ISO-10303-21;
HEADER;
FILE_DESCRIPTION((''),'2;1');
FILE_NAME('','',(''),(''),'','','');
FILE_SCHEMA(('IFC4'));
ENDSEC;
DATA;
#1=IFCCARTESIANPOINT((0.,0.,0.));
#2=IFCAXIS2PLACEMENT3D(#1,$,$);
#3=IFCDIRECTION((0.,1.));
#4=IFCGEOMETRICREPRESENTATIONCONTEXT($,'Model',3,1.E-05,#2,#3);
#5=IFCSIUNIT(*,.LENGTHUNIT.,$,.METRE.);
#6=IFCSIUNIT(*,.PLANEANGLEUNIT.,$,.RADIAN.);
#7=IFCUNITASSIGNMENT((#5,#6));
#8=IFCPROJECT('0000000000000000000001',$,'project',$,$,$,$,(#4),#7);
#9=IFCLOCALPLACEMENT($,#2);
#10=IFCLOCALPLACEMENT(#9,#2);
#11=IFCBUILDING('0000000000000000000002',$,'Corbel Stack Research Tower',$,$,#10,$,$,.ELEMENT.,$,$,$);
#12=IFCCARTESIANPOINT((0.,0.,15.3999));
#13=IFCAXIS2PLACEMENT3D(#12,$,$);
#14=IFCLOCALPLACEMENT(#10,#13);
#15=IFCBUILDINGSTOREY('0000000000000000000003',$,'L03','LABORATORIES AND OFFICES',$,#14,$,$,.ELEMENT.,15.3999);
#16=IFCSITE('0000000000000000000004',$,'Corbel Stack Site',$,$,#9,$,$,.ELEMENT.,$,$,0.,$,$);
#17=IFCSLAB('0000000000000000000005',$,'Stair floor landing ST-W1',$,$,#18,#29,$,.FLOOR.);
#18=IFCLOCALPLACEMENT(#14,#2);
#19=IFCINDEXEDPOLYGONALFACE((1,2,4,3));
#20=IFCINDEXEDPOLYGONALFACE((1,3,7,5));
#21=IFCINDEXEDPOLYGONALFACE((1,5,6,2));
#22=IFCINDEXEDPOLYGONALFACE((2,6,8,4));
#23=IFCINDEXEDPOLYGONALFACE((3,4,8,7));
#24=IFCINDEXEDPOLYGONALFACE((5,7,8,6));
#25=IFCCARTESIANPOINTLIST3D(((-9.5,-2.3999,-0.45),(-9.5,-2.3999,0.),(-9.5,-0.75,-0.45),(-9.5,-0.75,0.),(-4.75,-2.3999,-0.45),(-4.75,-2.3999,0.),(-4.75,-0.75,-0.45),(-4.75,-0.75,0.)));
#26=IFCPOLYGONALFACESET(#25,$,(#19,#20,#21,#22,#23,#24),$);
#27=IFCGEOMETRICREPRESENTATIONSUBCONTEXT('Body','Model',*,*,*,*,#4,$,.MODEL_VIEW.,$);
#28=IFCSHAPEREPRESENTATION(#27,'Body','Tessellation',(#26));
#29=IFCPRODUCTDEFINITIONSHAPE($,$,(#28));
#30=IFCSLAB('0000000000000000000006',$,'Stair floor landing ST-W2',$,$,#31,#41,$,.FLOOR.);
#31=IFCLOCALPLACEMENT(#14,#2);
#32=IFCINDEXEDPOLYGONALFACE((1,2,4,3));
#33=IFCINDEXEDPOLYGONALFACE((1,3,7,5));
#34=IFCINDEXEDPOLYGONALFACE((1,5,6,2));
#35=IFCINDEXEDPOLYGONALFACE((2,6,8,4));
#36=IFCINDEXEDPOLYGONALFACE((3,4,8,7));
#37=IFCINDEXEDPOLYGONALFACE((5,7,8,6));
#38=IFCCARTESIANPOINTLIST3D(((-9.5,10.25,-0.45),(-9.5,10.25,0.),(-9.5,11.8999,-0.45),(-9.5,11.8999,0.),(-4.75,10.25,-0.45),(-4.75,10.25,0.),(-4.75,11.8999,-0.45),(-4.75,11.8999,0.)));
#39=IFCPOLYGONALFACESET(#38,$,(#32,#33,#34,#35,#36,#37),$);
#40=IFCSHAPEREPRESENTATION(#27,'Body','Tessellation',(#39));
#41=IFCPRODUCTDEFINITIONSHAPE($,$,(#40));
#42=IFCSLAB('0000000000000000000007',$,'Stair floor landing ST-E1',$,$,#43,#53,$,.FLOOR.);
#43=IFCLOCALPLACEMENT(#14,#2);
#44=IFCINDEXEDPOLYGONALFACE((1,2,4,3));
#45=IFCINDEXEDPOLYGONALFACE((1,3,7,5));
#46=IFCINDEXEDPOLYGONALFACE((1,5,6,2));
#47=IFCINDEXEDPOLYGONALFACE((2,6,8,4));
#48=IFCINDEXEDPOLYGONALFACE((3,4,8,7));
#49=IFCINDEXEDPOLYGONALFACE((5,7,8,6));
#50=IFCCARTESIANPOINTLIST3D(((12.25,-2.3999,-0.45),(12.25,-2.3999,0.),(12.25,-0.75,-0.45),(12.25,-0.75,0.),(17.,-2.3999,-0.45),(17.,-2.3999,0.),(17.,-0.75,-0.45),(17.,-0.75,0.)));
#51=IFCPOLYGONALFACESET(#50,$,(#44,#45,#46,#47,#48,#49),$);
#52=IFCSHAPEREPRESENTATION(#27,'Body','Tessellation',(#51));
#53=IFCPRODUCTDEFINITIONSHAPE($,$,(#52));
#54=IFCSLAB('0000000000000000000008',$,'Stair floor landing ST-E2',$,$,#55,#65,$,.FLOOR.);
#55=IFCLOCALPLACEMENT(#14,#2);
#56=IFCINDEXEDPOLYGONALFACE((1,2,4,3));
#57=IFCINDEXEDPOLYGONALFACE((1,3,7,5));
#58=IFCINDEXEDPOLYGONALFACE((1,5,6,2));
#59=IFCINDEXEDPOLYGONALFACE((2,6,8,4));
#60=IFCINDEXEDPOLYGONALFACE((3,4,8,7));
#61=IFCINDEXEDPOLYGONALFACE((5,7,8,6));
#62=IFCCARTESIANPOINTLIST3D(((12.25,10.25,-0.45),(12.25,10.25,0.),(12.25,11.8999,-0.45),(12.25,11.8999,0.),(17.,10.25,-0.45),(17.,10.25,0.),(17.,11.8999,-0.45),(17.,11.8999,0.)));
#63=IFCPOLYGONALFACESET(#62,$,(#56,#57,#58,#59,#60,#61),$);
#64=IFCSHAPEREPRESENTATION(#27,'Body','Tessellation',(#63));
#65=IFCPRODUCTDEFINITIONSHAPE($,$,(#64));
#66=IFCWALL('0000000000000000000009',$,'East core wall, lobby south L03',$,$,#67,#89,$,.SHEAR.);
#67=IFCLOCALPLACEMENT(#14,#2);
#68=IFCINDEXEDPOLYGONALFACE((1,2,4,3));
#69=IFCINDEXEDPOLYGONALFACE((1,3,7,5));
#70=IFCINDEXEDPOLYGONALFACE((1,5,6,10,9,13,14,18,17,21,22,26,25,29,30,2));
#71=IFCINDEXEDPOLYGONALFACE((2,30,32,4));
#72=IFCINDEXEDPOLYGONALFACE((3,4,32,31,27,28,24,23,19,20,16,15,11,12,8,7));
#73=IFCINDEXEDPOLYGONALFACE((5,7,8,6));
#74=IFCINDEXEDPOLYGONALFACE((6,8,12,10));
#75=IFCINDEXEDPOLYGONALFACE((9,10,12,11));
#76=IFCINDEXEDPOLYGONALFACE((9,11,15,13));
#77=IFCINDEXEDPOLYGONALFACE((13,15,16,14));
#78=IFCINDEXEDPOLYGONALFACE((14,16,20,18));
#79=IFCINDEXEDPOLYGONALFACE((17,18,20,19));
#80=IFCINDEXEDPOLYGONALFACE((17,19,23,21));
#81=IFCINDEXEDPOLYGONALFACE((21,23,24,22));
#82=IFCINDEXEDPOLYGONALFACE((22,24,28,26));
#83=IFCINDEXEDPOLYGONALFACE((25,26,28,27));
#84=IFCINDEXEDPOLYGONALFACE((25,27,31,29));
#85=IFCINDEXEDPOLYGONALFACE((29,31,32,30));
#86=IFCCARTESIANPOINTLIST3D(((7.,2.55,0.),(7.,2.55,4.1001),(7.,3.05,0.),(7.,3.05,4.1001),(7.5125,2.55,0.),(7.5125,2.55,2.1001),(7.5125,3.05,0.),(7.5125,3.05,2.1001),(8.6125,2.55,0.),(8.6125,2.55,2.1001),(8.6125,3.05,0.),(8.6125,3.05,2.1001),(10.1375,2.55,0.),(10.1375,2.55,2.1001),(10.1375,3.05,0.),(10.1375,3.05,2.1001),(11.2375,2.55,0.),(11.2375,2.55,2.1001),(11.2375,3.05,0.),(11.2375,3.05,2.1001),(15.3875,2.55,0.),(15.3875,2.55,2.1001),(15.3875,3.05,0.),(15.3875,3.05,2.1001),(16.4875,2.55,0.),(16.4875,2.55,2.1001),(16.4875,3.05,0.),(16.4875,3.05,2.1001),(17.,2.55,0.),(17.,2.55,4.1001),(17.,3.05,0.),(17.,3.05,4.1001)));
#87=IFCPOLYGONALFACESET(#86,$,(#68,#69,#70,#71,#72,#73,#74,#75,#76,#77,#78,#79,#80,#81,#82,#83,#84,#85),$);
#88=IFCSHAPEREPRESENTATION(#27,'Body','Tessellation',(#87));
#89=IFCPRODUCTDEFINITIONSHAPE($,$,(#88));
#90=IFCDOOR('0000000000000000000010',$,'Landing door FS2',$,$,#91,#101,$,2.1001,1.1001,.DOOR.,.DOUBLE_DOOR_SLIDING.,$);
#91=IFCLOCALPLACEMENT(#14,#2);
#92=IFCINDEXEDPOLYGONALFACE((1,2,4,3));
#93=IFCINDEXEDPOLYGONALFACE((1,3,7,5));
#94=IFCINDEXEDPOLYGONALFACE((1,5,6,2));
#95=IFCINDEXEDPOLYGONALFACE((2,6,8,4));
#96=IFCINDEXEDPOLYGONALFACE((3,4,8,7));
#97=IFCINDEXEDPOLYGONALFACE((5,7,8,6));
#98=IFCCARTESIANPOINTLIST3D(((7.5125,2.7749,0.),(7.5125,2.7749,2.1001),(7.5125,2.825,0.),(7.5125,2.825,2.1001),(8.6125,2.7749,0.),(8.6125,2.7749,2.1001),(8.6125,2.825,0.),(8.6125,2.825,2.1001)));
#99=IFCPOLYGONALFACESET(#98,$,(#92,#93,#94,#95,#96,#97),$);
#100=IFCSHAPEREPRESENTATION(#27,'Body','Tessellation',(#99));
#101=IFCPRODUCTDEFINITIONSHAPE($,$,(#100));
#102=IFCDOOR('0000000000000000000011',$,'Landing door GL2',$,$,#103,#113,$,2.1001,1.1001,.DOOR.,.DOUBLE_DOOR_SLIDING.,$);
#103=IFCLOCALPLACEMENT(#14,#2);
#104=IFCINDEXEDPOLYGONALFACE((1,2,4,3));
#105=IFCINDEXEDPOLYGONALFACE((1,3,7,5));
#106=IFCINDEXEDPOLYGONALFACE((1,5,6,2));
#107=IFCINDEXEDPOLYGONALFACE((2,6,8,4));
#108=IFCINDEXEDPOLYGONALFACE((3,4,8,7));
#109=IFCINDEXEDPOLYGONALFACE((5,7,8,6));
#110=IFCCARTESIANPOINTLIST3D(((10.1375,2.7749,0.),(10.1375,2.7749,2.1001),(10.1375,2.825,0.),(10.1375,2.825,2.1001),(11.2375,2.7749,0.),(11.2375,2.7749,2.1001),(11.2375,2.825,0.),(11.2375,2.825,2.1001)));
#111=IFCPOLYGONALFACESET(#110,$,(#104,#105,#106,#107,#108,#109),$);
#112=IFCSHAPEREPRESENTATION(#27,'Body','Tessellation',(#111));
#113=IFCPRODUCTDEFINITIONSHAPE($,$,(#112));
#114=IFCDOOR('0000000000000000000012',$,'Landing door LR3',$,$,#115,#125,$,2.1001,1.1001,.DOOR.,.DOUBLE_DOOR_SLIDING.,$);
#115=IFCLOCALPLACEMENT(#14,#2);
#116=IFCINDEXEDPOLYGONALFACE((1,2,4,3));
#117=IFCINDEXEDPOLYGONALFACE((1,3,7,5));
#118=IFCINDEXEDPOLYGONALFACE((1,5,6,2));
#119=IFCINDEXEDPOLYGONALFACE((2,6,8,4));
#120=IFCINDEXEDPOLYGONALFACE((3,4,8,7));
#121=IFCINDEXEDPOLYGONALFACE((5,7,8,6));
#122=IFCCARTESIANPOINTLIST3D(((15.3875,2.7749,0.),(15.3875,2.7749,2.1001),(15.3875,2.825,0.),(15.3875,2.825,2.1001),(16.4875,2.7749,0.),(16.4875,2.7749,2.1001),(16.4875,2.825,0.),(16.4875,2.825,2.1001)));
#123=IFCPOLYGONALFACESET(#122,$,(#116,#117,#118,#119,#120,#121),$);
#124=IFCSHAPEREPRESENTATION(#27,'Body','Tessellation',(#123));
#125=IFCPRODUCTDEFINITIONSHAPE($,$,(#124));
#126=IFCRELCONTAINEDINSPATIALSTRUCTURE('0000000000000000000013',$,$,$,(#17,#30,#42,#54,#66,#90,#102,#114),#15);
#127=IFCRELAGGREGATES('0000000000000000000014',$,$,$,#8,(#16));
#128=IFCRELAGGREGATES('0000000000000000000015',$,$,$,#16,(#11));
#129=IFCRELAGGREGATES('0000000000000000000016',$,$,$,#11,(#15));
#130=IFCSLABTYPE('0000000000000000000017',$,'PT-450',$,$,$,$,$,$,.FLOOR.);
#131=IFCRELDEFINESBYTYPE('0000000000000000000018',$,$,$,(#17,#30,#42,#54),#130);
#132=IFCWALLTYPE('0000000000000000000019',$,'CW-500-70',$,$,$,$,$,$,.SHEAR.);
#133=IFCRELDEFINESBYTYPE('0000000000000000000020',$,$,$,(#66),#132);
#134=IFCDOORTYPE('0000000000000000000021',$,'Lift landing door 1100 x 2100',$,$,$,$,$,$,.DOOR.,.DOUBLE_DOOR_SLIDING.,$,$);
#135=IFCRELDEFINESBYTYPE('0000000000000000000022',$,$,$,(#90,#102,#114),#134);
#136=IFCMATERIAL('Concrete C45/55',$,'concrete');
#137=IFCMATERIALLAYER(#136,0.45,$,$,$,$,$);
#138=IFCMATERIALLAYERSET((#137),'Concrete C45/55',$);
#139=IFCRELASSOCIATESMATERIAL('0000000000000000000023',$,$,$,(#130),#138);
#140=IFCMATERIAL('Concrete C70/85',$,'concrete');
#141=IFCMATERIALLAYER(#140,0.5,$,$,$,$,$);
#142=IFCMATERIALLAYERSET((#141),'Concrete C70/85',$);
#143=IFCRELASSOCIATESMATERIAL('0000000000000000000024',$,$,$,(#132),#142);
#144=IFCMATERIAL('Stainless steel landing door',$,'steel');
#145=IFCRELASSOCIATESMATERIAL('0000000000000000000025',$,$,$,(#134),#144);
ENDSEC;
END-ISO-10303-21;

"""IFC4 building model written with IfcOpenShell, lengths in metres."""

from ifc_helpers import new_model, si_unit, direction, frame, frame_2d, origin, place, context, subcontext, project, spatial, polyline, rectangle, outline, extrude, material, layer, layer_set, type_object, element, fill, save


model = new_model("IFC4")

# Units and contexts
model_context = context("Model", 3, precision=1e-05, world=origin(), true_north=direction((0.0, 1.0)))
body_context = subcontext(model_context, "Body", "Model", "MODEL_VIEW")
ifc_project = project(units=[si_unit("LENGTHUNIT", "METRE"), si_unit("PLANEANGLEUNIT", "RADIAN")], contexts=[model_context])

# Site, building, storey
site_placement = place(None, origin())
site = spatial("IfcSite", under=ifc_project, at=site_placement, Name="Corbel Stack Site", CompositionType="ELEMENT", RefElevation=0.0)
building_placement = place(site_placement, origin())
building = spatial("IfcBuilding", under=site, at=building_placement, Name="Corbel Stack Research Tower", CompositionType="ELEMENT")
storey_placement = place(building_placement, frame((0.0, 0.0, 15.3999)))
storey = spatial("IfcBuildingStorey", under=building, at=storey_placement, Name="L03", Description="LABORATORIES AND OFFICES", CompositionType="ELEMENT", Elevation=15.3999)

# Slabs
ifc_material_1 = material(Name="Concrete C45/55", Category="concrete")
ifc_layer_1 = layer(ifc_material_1, 0.45)
ifc_layer_set_1 = layer_set([ifc_layer_1], Name="Concrete C45/55")
slab_type = type_object("IfcSlabType", Name="PT-450", PredefinedType="FLOOR", material=ifc_layer_set_1)
slab_1_placement = place(storey_placement, frame((0.0, 0.0, -0.45)))
element("IfcSlab", 1, at=slab_1_placement, inside=storey, type_object=slab_type, Name="Stair floor landing ST-W1", PredefinedType="FLOOR", context=body_context, shape_type="SweptSolid", body=[
    extrude(outline(polyline([(-9.5, -2.3999), (-4.75, -2.3999), (-4.75, -0.75), (-9.5, -0.75), (-9.5, -2.3999)])), origin(), (0.0, 0.0, 1.0), 0.45),
])
slab_2_placement = place(storey_placement, frame((0.0, 0.0, -0.45)))
element("IfcSlab", 2, at=slab_2_placement, inside=storey, type_object=slab_type, Name="Stair floor landing ST-W2", PredefinedType="FLOOR", context=body_context, shape_type="SweptSolid", body=[
    extrude(outline(polyline([(-9.5, 10.25), (-4.75, 10.25), (-4.75, 11.8999), (-9.5, 11.8999), (-9.5, 10.25)])), origin(), (0.0, 0.0, 1.0), 0.45),
])
slab_3_placement = place(storey_placement, frame((0.0, 0.0, -0.45)))
element("IfcSlab", 3, at=slab_3_placement, inside=storey, type_object=slab_type, Name="Stair floor landing ST-E1", PredefinedType="FLOOR", context=body_context, shape_type="SweptSolid", body=[
    extrude(outline(polyline([(12.25, -2.3999), (17.0, -2.3999), (17.0, -0.75), (12.25, -0.75), (12.25, -2.3999)])), origin(), (0.0, 0.0, 1.0), 0.45),
])
slab_4_placement = place(storey_placement, frame((0.0, 0.0, -0.45)))
element("IfcSlab", 4, at=slab_4_placement, inside=storey, type_object=slab_type, Name="Stair floor landing ST-E2", PredefinedType="FLOOR", context=body_context, shape_type="SweptSolid", body=[
    extrude(outline(polyline([(12.25, 10.25), (17.0, 10.25), (17.0, 11.8999), (12.25, 11.8999), (12.25, 10.25)])), origin(), (0.0, 0.0, 1.0), 0.45),
])

# Wall, openings, doors
ifc_material_2 = material(Name="Concrete C70/85", Category="concrete")
ifc_layer_2 = layer(ifc_material_2, 0.5)
ifc_layer_set_2 = layer_set([ifc_layer_2], Name="Concrete C70/85")
wall_type_1 = type_object("IfcWallType", Name="CW-500-70", PredefinedType="SHEAR", material=ifc_layer_set_2)
wall_1_placement = place(storey_placement, frame((7.0, 2.8, 0.0), z_axis=(0.0, 0.0, 1.0), x_axis=(1.0, 0.0, 0.0)))
wall_1 = element("IfcWall", 5, at=wall_1_placement, inside=storey, type_object=wall_type_1, Name="East core wall, lobby south L03", PredefinedType="SHEAR", context=body_context, shape_type="SweptSolid", body=[
    extrude(rectangle(XDim=10.0, YDim=0.5, at=frame_2d((5.0, 0.0))), origin(), (0.0, 0.0, 1.0), 4.1001),
])
opening_1_placement = place(wall_1_placement, frame((0.5125, 0.0, 0.0)))
opening_1 = element("IfcOpeningElement", 6, at=opening_1_placement, cuts=wall_1, PredefinedType="OPENING", context=body_context, shape_type="SweptSolid", body=[
    extrude(rectangle(XDim=1.1001, YDim=2.1001, at=frame_2d((0.55, 1.05))), frame((0.0, 0.26, 0.0), z_axis=(0.0, -1.0, 0.0), x_axis=(1.0, 0.0, 0.0)), (0.0, 0.0, 1.0), 0.52),
])
opening_2_placement = place(wall_1_placement, frame((3.1375, 0.0, 0.0)))
opening_2 = element("IfcOpeningElement", 7, at=opening_2_placement, cuts=wall_1, PredefinedType="OPENING", context=body_context, shape_type="SweptSolid", body=[
    extrude(rectangle(XDim=1.1001, YDim=2.1001, at=frame_2d((0.55, 1.05))), frame((0.0, 0.26, 0.0), z_axis=(0.0, -1.0, 0.0), x_axis=(1.0, 0.0, 0.0)), (0.0, 0.0, 1.0), 0.52),
])
opening_3_placement = place(wall_1_placement, frame((8.3875, 0.0, 0.0)))
opening_3 = element("IfcOpeningElement", 8, at=opening_3_placement, cuts=wall_1, PredefinedType="OPENING", context=body_context, shape_type="SweptSolid", body=[
    extrude(rectangle(XDim=1.1001, YDim=2.1001, at=frame_2d((0.55, 1.05))), frame((0.0, 0.26, 0.0), z_axis=(0.0, -1.0, 0.0), x_axis=(1.0, 0.0, 0.0)), (0.0, 0.0, 1.0), 0.52),
])
ifc_material_3 = material(Name="Stainless steel landing door", Category="steel")
door_type_1 = type_object("IfcDoorType", Name="Lift landing door 1100 x 2100", OperationType="DOUBLE_DOOR_SLIDING", PredefinedType="DOOR", material=ifc_material_3)
door_1_placement = place(opening_1_placement, origin())
door_1 = element("IfcDoor", 9, at=door_1_placement, inside=storey, type_object=door_type_1, Name="Landing door FS2", OperationType="DOUBLE_DOOR_SLIDING", OverallHeight=2.1001, OverallWidth=1.1001, PredefinedType="DOOR", context=body_context, shape_type="SweptSolid", body=[
    extrude(rectangle(XDim=1.1001, YDim=2.1001, at=frame_2d((0.55, 1.05))), frame((0.0, 0.0249, 0.0), z_axis=(0.0, -1.0, 0.0), x_axis=(1.0, 0.0, 0.0)), (0.0, 0.0, 1.0), 0.05),
])
fill(opening_1, door_1)
door_2_placement = place(opening_2_placement, origin())
door_2 = element("IfcDoor", 10, at=door_2_placement, inside=storey, type_object=door_type_1, Name="Landing door GL2", OperationType="DOUBLE_DOOR_SLIDING", OverallHeight=2.1001, OverallWidth=1.1001, PredefinedType="DOOR", context=body_context, shape_type="SweptSolid", body=[
    extrude(rectangle(XDim=1.1001, YDim=2.1001, at=frame_2d((0.55, 1.05))), frame((0.0, 0.0249, 0.0), z_axis=(0.0, -1.0, 0.0), x_axis=(1.0, 0.0, 0.0)), (0.0, 0.0, 1.0), 0.05),
])
fill(opening_2, door_2)
door_3_placement = place(opening_3_placement, origin())
door_3 = element("IfcDoor", 11, at=door_3_placement, inside=storey, type_object=door_type_1, Name="Landing door LR3", OperationType="DOUBLE_DOOR_SLIDING", OverallHeight=2.1001, OverallWidth=1.1001, PredefinedType="DOOR", context=body_context, shape_type="SweptSolid", body=[
    extrude(rectangle(XDim=1.1001, YDim=2.1001, at=frame_2d((0.55, 1.05))), frame((0.0, 0.0249, 0.0), z_axis=(0.0, -1.0, 0.0), x_axis=(1.0, 0.0, 0.0)), (0.0, 0.0, 1.0), 0.05),
])
fill(opening_3, door_3)

save(model, "model.ifc")
